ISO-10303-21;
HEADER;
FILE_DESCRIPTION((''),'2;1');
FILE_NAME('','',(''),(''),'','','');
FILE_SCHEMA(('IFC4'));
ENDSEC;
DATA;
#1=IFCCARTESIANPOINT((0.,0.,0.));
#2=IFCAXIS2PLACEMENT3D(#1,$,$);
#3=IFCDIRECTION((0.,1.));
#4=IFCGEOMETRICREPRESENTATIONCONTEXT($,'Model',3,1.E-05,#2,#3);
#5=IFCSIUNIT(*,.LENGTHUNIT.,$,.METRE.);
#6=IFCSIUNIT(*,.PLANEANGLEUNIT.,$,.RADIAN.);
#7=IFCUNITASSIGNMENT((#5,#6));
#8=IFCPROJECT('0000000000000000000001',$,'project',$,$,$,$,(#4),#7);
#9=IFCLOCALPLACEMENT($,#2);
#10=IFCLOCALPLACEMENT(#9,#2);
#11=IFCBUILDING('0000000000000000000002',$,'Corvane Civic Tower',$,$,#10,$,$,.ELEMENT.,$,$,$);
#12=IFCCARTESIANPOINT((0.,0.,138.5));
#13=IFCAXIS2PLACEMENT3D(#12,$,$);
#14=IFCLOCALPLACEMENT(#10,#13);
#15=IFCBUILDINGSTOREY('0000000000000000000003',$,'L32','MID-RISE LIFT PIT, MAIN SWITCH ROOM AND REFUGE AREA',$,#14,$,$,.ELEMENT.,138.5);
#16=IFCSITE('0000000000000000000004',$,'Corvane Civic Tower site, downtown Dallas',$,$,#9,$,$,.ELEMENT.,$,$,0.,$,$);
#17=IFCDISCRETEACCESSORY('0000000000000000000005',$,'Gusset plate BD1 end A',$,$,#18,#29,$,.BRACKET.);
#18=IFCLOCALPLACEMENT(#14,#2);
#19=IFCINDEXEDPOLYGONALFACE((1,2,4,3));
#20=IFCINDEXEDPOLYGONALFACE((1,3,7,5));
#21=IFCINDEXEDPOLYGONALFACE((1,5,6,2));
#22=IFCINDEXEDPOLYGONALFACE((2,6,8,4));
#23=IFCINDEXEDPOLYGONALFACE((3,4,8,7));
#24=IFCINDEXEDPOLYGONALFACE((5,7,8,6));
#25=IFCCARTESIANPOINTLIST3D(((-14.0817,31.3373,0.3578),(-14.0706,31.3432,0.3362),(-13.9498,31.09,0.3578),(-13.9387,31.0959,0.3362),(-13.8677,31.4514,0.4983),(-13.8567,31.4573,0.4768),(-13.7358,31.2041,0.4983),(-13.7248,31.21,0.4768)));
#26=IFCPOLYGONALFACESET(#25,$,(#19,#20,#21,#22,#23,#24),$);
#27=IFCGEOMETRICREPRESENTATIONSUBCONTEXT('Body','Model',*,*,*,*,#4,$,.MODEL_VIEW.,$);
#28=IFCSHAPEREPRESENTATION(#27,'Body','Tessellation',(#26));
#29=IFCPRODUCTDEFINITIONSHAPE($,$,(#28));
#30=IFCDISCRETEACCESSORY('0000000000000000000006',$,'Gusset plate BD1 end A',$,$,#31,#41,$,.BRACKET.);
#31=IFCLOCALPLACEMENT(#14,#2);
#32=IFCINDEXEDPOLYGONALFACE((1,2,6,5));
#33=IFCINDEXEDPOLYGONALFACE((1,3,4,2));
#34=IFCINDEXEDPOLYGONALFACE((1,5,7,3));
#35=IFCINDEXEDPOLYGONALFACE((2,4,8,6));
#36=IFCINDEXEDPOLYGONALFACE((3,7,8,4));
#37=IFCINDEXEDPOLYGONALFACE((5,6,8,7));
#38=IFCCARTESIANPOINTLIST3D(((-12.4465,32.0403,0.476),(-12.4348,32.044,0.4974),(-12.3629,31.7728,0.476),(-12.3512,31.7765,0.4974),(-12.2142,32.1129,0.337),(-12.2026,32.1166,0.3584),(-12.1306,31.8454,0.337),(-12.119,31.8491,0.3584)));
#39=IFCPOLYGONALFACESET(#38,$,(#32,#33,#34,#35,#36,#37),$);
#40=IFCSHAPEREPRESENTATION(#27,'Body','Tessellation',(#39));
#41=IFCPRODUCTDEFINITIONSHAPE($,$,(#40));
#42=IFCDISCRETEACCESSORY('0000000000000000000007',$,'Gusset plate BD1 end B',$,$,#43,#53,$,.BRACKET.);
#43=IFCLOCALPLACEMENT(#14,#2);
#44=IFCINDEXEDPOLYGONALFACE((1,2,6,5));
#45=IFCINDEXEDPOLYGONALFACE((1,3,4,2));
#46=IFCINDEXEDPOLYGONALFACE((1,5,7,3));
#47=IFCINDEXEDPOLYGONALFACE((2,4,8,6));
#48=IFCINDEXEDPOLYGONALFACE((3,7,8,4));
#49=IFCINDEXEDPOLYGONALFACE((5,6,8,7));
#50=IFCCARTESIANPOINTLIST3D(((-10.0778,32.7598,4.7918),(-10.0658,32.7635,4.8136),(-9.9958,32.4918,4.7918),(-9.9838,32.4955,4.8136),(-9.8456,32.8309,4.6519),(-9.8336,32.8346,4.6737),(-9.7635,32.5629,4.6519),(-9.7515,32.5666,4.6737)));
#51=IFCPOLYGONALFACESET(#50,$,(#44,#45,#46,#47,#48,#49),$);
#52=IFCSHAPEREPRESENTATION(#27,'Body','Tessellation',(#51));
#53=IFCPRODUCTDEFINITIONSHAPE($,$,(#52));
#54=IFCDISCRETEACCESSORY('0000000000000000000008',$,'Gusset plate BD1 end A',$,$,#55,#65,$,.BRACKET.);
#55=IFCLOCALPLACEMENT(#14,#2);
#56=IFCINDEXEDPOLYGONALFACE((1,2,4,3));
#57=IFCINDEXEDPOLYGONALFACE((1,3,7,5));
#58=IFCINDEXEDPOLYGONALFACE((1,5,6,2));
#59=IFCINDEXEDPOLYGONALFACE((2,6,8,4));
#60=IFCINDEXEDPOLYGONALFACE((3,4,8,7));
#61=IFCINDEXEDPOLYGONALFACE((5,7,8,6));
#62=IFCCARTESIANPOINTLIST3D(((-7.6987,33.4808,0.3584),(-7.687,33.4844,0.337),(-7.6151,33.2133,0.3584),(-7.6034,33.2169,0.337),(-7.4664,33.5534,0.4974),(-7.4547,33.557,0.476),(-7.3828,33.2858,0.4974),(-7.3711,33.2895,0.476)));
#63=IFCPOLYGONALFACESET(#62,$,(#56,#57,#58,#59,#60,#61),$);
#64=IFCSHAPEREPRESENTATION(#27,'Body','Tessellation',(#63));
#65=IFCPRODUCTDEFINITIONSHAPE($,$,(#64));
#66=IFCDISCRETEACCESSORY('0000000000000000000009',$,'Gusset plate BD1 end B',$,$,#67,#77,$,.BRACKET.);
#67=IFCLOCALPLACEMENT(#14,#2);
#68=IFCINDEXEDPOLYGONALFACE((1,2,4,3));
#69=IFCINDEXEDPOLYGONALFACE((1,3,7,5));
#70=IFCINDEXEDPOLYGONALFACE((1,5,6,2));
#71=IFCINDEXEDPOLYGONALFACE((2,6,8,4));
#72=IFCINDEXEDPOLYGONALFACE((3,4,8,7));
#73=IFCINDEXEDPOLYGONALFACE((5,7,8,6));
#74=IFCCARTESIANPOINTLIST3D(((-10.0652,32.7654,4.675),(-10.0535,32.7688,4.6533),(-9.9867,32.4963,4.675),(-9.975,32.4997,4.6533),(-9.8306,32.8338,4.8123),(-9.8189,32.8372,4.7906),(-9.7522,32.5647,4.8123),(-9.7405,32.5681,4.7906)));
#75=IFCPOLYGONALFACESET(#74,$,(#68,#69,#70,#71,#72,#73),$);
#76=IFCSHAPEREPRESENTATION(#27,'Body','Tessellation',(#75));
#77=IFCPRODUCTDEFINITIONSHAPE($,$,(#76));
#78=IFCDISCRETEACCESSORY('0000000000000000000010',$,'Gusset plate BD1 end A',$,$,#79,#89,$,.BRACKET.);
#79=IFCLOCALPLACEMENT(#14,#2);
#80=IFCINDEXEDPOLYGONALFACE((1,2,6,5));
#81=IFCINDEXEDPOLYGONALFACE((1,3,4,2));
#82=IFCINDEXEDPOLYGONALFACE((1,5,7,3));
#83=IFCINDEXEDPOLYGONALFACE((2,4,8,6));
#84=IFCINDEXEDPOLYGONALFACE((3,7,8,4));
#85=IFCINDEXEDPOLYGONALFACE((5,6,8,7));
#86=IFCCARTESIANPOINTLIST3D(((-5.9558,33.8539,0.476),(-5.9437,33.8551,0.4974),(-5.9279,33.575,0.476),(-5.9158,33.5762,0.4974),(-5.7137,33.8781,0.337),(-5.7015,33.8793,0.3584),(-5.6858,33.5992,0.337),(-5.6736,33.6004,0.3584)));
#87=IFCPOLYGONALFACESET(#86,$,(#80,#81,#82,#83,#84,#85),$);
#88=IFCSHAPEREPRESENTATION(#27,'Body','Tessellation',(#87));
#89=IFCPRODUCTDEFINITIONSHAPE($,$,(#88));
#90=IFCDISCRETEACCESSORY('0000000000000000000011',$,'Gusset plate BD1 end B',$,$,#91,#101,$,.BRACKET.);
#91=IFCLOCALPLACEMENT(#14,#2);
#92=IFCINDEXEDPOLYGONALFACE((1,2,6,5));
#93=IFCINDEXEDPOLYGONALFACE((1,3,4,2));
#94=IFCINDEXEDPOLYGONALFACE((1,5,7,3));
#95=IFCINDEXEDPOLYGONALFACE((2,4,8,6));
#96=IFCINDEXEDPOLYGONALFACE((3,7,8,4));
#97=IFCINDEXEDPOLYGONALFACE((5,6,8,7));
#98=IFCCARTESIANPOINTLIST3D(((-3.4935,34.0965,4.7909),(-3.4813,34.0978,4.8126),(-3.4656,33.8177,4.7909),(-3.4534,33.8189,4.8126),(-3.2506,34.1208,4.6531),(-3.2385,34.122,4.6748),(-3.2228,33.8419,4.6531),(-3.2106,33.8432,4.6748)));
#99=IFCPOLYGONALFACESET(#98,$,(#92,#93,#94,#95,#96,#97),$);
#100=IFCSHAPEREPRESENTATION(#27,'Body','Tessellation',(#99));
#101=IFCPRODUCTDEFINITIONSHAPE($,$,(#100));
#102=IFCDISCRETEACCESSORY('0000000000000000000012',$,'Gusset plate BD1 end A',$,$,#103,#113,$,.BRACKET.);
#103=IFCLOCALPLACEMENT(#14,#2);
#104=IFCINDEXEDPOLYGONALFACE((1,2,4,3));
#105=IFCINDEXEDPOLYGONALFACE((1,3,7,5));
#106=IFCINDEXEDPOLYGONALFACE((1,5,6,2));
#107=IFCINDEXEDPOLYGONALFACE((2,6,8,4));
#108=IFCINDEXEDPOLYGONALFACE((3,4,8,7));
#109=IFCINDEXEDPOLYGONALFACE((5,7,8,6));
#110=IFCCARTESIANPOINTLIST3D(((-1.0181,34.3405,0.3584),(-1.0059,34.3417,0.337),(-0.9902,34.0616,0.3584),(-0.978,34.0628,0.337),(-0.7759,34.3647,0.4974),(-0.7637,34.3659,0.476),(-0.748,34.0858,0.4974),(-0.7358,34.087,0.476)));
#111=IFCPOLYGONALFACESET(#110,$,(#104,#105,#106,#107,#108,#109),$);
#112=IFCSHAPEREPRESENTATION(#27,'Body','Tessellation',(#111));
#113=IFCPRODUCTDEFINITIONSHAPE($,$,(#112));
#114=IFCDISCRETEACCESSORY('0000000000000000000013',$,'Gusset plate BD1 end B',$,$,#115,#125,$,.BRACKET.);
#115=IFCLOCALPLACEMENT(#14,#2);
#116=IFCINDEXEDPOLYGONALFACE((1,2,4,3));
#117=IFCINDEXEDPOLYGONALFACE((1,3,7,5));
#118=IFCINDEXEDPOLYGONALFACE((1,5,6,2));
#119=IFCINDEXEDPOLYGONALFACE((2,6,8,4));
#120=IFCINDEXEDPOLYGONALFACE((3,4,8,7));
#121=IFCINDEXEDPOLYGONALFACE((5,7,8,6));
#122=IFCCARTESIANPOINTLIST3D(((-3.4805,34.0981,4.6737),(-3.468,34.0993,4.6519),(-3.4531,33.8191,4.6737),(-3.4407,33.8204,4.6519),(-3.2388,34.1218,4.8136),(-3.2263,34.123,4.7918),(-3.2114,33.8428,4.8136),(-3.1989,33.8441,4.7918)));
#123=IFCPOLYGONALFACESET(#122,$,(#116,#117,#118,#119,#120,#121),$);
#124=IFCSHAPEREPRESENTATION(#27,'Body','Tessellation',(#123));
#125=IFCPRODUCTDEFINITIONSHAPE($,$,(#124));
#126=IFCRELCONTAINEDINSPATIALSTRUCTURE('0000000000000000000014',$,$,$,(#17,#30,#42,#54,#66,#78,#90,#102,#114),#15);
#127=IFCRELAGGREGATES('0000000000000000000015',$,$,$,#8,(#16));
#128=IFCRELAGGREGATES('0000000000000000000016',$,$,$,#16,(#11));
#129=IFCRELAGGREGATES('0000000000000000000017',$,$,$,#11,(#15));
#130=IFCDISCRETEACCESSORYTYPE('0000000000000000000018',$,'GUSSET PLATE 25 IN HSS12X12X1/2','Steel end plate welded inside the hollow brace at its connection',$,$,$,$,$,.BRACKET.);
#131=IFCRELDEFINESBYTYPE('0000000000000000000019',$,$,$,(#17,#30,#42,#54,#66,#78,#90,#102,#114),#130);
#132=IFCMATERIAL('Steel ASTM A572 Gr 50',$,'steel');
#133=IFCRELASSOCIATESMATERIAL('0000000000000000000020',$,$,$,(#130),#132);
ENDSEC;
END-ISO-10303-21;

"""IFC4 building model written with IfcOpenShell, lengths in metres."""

from ifc_helpers import new_model, si_unit, direction, frame, origin, origin_2d, place, context, subcontext, project, spatial, rectangle, extrude, material, material_profile, profile_set, type_object, element, save


model = new_model("IFC4")

# Units and contexts
model_context = context("Model", 3, precision=1e-05, world=origin(), true_north=direction((0.0, 1.0)))
body_context = subcontext(model_context, "Body", "Model", "MODEL_VIEW")
ifc_project = project(units=[si_unit("LENGTHUNIT", "METRE"), si_unit("PLANEANGLEUNIT", "RADIAN")], contexts=[model_context])

# Site, building, storey
site_placement = place(None, origin())
site = spatial("IfcSite", under=ifc_project, at=site_placement, Name="Corvane Civic Tower site, downtown Dallas", CompositionType="ELEMENT", RefElevation=0.0)
building_placement = place(site_placement, origin())
building = spatial("IfcBuilding", under=site, at=building_placement, Name="Corvane Civic Tower", CompositionType="ELEMENT")
storey_placement = place(building_placement, frame((0.0, 0.0, 138.5)))
storey = spatial("IfcBuildingStorey", under=building, at=storey_placement, Name="L32", Description="MID-RISE LIFT PIT, MAIN SWITCH ROOM AND REFUGE AREA", CompositionType="ELEMENT", Elevation=138.5)

# Discrete accessories
ifc_material_1 = material(Name="Steel ASTM A572 Gr 50", Category="steel")
ifc_material_profile_1 = material_profile(ifc_material_1, rectangle(XDim=0.2803, YDim=0.2803, at=origin_2d()), Name="GUSSET PLATE 25 IN HSS12X12X1/2")
ifc_profile_set_1 = profile_set([ifc_material_profile_1], Name="Steel ASTM A572 Gr 50")
discrete_accessory_type = type_object("IfcDiscreteAccessoryType", Name="GUSSET PLATE 25 IN HSS12X12X1/2", Description="Steel end plate welded inside the hollow brace at its connection", PredefinedType="BRACKET", material=ifc_profile_set_1)
discrete_accessory_1_placement = place(storey_placement, frame((-13.8977, 31.2766, 0.4065), z_axis=(-0.442433, -0.235964, 0.865202), x_axis=(0.470588, -0.882353, 0.0)))
element("IfcDiscreteAccessory", 1, at=discrete_accessory_1_placement, inside=storey, type_object=discrete_accessory_type, Name="Gusset plate BD1 end A", PredefinedType="BRACKET", context=body_context, shape_type="SweptSolid", body=[
    extrude(rectangle(XDim=0.2803, YDim=0.2803, at=origin_2d()), origin(), (0.0, 0.0, 1.0), 0.0249),
])
discrete_accessory_2_placement = place(storey_placement, frame((-12.2886, 31.9429, 0.4065), z_axis=(0.473579, 0.147993, 0.868228), x_axis=(-0.298275, 0.95448, 0.0)))
element("IfcDiscreteAccessory", 2, at=discrete_accessory_2_placement, inside=storey, type_object=discrete_accessory_type, Name="Gusset plate BD1 end A", PredefinedType="BRACKET", context=body_context, shape_type="SweptSolid", body=[
    extrude(rectangle(XDim=0.2803, YDim=0.2803, at=origin_2d()), origin(), (0.0, 0.0, 1.0), 0.0247),
])
discrete_accessory_3_placement = place(storey_placement, frame((-9.9087, 32.665, 4.7437), z_axis=(-0.477124, -0.146058, -0.866614), x_axis=(0.292714, -0.9562, 0.0)))
element("IfcDiscreteAccessory", 3, at=discrete_accessory_3_placement, inside=storey, type_object=discrete_accessory_type, Name="Gusset plate BD1 end B", PredefinedType="BRACKET", context=body_context, shape_type="SweptSolid", body=[
    extrude(rectangle(XDim=0.2803, YDim=0.2803, at=origin_2d()), origin(), (0.0, 0.0, 1.0), 0.0251),
])
discrete_accessory_4_placement = place(storey_placement, frame((-7.5291, 33.387, 0.4065), z_axis=(-0.473579, -0.147993, 0.868228), x_axis=(0.298275, -0.95448, 0.0)))
element("IfcDiscreteAccessory", 4, at=discrete_accessory_4_placement, inside=storey, type_object=discrete_accessory_type, Name="Gusset plate BD1 end A", PredefinedType="BRACKET", context=body_context, shape_type="SweptSolid", body=[
    extrude(rectangle(XDim=0.2803, YDim=0.2803, at=origin_2d()), origin(), (0.0, 0.0, 1.0), 0.0247),
])
discrete_accessory_5_placement = place(storey_placement, frame((-9.9087, 32.665, 4.7437), z_axis=(0.470204, 0.137143, -0.871837), x_axis=(-0.28, 0.96, 0.0)))
element("IfcDiscreteAccessory", 5, at=discrete_accessory_5_placement, inside=storey, type_object=discrete_accessory_type, Name="Gusset plate BD1 end B", PredefinedType="BRACKET", context=body_context, shape_type="SweptSolid", body=[
    extrude(rectangle(XDim=0.2803, YDim=0.2803, at=origin_2d()), origin(), (0.0, 0.0, 1.0), 0.0249),
])
discrete_accessory_6_placement = place(storey_placement, frame((-5.8208, 33.7266, 0.4065), z_axis=(0.493408, 0.049341, 0.868398), x_axis=(-0.099504, 0.995037, 0.0)))
element("IfcDiscreteAccessory", 6, at=discrete_accessory_6_placement, inside=storey, type_object=discrete_accessory_type, Name="Gusset plate BD1 end A", PredefinedType="BRACKET", context=body_context, shape_type="SweptSolid", body=[
    extrude(rectangle(XDim=0.2803, YDim=0.2803, at=origin_2d()), origin(), (0.0, 0.0, 1.0), 0.0247),
])
discrete_accessory_7_placement = place(storey_placement, frame((-3.3459, 33.9705, 4.7437), z_axis=(-0.48921, -0.048921, -0.870793), x_axis=(0.099504, -0.995037, 0.0)))
element("IfcDiscreteAccessory", 7, at=discrete_accessory_7_placement, inside=storey, type_object=discrete_accessory_type, Name="Gusset plate BD1 end B", PredefinedType="BRACKET", context=body_context, shape_type="SweptSolid", body=[
    extrude(rectangle(XDim=0.2803, YDim=0.2803, at=origin_2d()), origin(), (0.0, 0.0, 1.0), 0.0249),
])
discrete_accessory_8_placement = place(storey_placement, frame((-0.8708, 34.2144, 0.4065), z_axis=(-0.493408, -0.049341, 0.868398), x_axis=(0.099504, -0.995037, 0.0)))
element("IfcDiscreteAccessory", 8, at=discrete_accessory_8_placement, inside=storey, type_object=discrete_accessory_type, Name="Gusset plate BD1 end A", PredefinedType="BRACKET", context=body_context, shape_type="SweptSolid", body=[
    extrude(rectangle(XDim=0.2803, YDim=0.2803, at=origin_2d()), origin(), (0.0, 0.0, 1.0), 0.0247),
])
discrete_accessory_9_placement = place(storey_placement, frame((-3.3459, 33.9705, 4.7437), z_axis=(0.496599, 0.048686, -0.866614), x_axis=(-0.097571, 0.995229, 0.0)))
element("IfcDiscreteAccessory", 9, at=discrete_accessory_9_placement, inside=storey, type_object=discrete_accessory_type, Name="Gusset plate BD1 end B", PredefinedType="BRACKET", context=body_context, shape_type="SweptSolid", body=[
    extrude(rectangle(XDim=0.2803, YDim=0.2803, at=origin_2d()), origin(), (0.0, 0.0, 1.0), 0.0251),
])

save(model, "model.ifc")
